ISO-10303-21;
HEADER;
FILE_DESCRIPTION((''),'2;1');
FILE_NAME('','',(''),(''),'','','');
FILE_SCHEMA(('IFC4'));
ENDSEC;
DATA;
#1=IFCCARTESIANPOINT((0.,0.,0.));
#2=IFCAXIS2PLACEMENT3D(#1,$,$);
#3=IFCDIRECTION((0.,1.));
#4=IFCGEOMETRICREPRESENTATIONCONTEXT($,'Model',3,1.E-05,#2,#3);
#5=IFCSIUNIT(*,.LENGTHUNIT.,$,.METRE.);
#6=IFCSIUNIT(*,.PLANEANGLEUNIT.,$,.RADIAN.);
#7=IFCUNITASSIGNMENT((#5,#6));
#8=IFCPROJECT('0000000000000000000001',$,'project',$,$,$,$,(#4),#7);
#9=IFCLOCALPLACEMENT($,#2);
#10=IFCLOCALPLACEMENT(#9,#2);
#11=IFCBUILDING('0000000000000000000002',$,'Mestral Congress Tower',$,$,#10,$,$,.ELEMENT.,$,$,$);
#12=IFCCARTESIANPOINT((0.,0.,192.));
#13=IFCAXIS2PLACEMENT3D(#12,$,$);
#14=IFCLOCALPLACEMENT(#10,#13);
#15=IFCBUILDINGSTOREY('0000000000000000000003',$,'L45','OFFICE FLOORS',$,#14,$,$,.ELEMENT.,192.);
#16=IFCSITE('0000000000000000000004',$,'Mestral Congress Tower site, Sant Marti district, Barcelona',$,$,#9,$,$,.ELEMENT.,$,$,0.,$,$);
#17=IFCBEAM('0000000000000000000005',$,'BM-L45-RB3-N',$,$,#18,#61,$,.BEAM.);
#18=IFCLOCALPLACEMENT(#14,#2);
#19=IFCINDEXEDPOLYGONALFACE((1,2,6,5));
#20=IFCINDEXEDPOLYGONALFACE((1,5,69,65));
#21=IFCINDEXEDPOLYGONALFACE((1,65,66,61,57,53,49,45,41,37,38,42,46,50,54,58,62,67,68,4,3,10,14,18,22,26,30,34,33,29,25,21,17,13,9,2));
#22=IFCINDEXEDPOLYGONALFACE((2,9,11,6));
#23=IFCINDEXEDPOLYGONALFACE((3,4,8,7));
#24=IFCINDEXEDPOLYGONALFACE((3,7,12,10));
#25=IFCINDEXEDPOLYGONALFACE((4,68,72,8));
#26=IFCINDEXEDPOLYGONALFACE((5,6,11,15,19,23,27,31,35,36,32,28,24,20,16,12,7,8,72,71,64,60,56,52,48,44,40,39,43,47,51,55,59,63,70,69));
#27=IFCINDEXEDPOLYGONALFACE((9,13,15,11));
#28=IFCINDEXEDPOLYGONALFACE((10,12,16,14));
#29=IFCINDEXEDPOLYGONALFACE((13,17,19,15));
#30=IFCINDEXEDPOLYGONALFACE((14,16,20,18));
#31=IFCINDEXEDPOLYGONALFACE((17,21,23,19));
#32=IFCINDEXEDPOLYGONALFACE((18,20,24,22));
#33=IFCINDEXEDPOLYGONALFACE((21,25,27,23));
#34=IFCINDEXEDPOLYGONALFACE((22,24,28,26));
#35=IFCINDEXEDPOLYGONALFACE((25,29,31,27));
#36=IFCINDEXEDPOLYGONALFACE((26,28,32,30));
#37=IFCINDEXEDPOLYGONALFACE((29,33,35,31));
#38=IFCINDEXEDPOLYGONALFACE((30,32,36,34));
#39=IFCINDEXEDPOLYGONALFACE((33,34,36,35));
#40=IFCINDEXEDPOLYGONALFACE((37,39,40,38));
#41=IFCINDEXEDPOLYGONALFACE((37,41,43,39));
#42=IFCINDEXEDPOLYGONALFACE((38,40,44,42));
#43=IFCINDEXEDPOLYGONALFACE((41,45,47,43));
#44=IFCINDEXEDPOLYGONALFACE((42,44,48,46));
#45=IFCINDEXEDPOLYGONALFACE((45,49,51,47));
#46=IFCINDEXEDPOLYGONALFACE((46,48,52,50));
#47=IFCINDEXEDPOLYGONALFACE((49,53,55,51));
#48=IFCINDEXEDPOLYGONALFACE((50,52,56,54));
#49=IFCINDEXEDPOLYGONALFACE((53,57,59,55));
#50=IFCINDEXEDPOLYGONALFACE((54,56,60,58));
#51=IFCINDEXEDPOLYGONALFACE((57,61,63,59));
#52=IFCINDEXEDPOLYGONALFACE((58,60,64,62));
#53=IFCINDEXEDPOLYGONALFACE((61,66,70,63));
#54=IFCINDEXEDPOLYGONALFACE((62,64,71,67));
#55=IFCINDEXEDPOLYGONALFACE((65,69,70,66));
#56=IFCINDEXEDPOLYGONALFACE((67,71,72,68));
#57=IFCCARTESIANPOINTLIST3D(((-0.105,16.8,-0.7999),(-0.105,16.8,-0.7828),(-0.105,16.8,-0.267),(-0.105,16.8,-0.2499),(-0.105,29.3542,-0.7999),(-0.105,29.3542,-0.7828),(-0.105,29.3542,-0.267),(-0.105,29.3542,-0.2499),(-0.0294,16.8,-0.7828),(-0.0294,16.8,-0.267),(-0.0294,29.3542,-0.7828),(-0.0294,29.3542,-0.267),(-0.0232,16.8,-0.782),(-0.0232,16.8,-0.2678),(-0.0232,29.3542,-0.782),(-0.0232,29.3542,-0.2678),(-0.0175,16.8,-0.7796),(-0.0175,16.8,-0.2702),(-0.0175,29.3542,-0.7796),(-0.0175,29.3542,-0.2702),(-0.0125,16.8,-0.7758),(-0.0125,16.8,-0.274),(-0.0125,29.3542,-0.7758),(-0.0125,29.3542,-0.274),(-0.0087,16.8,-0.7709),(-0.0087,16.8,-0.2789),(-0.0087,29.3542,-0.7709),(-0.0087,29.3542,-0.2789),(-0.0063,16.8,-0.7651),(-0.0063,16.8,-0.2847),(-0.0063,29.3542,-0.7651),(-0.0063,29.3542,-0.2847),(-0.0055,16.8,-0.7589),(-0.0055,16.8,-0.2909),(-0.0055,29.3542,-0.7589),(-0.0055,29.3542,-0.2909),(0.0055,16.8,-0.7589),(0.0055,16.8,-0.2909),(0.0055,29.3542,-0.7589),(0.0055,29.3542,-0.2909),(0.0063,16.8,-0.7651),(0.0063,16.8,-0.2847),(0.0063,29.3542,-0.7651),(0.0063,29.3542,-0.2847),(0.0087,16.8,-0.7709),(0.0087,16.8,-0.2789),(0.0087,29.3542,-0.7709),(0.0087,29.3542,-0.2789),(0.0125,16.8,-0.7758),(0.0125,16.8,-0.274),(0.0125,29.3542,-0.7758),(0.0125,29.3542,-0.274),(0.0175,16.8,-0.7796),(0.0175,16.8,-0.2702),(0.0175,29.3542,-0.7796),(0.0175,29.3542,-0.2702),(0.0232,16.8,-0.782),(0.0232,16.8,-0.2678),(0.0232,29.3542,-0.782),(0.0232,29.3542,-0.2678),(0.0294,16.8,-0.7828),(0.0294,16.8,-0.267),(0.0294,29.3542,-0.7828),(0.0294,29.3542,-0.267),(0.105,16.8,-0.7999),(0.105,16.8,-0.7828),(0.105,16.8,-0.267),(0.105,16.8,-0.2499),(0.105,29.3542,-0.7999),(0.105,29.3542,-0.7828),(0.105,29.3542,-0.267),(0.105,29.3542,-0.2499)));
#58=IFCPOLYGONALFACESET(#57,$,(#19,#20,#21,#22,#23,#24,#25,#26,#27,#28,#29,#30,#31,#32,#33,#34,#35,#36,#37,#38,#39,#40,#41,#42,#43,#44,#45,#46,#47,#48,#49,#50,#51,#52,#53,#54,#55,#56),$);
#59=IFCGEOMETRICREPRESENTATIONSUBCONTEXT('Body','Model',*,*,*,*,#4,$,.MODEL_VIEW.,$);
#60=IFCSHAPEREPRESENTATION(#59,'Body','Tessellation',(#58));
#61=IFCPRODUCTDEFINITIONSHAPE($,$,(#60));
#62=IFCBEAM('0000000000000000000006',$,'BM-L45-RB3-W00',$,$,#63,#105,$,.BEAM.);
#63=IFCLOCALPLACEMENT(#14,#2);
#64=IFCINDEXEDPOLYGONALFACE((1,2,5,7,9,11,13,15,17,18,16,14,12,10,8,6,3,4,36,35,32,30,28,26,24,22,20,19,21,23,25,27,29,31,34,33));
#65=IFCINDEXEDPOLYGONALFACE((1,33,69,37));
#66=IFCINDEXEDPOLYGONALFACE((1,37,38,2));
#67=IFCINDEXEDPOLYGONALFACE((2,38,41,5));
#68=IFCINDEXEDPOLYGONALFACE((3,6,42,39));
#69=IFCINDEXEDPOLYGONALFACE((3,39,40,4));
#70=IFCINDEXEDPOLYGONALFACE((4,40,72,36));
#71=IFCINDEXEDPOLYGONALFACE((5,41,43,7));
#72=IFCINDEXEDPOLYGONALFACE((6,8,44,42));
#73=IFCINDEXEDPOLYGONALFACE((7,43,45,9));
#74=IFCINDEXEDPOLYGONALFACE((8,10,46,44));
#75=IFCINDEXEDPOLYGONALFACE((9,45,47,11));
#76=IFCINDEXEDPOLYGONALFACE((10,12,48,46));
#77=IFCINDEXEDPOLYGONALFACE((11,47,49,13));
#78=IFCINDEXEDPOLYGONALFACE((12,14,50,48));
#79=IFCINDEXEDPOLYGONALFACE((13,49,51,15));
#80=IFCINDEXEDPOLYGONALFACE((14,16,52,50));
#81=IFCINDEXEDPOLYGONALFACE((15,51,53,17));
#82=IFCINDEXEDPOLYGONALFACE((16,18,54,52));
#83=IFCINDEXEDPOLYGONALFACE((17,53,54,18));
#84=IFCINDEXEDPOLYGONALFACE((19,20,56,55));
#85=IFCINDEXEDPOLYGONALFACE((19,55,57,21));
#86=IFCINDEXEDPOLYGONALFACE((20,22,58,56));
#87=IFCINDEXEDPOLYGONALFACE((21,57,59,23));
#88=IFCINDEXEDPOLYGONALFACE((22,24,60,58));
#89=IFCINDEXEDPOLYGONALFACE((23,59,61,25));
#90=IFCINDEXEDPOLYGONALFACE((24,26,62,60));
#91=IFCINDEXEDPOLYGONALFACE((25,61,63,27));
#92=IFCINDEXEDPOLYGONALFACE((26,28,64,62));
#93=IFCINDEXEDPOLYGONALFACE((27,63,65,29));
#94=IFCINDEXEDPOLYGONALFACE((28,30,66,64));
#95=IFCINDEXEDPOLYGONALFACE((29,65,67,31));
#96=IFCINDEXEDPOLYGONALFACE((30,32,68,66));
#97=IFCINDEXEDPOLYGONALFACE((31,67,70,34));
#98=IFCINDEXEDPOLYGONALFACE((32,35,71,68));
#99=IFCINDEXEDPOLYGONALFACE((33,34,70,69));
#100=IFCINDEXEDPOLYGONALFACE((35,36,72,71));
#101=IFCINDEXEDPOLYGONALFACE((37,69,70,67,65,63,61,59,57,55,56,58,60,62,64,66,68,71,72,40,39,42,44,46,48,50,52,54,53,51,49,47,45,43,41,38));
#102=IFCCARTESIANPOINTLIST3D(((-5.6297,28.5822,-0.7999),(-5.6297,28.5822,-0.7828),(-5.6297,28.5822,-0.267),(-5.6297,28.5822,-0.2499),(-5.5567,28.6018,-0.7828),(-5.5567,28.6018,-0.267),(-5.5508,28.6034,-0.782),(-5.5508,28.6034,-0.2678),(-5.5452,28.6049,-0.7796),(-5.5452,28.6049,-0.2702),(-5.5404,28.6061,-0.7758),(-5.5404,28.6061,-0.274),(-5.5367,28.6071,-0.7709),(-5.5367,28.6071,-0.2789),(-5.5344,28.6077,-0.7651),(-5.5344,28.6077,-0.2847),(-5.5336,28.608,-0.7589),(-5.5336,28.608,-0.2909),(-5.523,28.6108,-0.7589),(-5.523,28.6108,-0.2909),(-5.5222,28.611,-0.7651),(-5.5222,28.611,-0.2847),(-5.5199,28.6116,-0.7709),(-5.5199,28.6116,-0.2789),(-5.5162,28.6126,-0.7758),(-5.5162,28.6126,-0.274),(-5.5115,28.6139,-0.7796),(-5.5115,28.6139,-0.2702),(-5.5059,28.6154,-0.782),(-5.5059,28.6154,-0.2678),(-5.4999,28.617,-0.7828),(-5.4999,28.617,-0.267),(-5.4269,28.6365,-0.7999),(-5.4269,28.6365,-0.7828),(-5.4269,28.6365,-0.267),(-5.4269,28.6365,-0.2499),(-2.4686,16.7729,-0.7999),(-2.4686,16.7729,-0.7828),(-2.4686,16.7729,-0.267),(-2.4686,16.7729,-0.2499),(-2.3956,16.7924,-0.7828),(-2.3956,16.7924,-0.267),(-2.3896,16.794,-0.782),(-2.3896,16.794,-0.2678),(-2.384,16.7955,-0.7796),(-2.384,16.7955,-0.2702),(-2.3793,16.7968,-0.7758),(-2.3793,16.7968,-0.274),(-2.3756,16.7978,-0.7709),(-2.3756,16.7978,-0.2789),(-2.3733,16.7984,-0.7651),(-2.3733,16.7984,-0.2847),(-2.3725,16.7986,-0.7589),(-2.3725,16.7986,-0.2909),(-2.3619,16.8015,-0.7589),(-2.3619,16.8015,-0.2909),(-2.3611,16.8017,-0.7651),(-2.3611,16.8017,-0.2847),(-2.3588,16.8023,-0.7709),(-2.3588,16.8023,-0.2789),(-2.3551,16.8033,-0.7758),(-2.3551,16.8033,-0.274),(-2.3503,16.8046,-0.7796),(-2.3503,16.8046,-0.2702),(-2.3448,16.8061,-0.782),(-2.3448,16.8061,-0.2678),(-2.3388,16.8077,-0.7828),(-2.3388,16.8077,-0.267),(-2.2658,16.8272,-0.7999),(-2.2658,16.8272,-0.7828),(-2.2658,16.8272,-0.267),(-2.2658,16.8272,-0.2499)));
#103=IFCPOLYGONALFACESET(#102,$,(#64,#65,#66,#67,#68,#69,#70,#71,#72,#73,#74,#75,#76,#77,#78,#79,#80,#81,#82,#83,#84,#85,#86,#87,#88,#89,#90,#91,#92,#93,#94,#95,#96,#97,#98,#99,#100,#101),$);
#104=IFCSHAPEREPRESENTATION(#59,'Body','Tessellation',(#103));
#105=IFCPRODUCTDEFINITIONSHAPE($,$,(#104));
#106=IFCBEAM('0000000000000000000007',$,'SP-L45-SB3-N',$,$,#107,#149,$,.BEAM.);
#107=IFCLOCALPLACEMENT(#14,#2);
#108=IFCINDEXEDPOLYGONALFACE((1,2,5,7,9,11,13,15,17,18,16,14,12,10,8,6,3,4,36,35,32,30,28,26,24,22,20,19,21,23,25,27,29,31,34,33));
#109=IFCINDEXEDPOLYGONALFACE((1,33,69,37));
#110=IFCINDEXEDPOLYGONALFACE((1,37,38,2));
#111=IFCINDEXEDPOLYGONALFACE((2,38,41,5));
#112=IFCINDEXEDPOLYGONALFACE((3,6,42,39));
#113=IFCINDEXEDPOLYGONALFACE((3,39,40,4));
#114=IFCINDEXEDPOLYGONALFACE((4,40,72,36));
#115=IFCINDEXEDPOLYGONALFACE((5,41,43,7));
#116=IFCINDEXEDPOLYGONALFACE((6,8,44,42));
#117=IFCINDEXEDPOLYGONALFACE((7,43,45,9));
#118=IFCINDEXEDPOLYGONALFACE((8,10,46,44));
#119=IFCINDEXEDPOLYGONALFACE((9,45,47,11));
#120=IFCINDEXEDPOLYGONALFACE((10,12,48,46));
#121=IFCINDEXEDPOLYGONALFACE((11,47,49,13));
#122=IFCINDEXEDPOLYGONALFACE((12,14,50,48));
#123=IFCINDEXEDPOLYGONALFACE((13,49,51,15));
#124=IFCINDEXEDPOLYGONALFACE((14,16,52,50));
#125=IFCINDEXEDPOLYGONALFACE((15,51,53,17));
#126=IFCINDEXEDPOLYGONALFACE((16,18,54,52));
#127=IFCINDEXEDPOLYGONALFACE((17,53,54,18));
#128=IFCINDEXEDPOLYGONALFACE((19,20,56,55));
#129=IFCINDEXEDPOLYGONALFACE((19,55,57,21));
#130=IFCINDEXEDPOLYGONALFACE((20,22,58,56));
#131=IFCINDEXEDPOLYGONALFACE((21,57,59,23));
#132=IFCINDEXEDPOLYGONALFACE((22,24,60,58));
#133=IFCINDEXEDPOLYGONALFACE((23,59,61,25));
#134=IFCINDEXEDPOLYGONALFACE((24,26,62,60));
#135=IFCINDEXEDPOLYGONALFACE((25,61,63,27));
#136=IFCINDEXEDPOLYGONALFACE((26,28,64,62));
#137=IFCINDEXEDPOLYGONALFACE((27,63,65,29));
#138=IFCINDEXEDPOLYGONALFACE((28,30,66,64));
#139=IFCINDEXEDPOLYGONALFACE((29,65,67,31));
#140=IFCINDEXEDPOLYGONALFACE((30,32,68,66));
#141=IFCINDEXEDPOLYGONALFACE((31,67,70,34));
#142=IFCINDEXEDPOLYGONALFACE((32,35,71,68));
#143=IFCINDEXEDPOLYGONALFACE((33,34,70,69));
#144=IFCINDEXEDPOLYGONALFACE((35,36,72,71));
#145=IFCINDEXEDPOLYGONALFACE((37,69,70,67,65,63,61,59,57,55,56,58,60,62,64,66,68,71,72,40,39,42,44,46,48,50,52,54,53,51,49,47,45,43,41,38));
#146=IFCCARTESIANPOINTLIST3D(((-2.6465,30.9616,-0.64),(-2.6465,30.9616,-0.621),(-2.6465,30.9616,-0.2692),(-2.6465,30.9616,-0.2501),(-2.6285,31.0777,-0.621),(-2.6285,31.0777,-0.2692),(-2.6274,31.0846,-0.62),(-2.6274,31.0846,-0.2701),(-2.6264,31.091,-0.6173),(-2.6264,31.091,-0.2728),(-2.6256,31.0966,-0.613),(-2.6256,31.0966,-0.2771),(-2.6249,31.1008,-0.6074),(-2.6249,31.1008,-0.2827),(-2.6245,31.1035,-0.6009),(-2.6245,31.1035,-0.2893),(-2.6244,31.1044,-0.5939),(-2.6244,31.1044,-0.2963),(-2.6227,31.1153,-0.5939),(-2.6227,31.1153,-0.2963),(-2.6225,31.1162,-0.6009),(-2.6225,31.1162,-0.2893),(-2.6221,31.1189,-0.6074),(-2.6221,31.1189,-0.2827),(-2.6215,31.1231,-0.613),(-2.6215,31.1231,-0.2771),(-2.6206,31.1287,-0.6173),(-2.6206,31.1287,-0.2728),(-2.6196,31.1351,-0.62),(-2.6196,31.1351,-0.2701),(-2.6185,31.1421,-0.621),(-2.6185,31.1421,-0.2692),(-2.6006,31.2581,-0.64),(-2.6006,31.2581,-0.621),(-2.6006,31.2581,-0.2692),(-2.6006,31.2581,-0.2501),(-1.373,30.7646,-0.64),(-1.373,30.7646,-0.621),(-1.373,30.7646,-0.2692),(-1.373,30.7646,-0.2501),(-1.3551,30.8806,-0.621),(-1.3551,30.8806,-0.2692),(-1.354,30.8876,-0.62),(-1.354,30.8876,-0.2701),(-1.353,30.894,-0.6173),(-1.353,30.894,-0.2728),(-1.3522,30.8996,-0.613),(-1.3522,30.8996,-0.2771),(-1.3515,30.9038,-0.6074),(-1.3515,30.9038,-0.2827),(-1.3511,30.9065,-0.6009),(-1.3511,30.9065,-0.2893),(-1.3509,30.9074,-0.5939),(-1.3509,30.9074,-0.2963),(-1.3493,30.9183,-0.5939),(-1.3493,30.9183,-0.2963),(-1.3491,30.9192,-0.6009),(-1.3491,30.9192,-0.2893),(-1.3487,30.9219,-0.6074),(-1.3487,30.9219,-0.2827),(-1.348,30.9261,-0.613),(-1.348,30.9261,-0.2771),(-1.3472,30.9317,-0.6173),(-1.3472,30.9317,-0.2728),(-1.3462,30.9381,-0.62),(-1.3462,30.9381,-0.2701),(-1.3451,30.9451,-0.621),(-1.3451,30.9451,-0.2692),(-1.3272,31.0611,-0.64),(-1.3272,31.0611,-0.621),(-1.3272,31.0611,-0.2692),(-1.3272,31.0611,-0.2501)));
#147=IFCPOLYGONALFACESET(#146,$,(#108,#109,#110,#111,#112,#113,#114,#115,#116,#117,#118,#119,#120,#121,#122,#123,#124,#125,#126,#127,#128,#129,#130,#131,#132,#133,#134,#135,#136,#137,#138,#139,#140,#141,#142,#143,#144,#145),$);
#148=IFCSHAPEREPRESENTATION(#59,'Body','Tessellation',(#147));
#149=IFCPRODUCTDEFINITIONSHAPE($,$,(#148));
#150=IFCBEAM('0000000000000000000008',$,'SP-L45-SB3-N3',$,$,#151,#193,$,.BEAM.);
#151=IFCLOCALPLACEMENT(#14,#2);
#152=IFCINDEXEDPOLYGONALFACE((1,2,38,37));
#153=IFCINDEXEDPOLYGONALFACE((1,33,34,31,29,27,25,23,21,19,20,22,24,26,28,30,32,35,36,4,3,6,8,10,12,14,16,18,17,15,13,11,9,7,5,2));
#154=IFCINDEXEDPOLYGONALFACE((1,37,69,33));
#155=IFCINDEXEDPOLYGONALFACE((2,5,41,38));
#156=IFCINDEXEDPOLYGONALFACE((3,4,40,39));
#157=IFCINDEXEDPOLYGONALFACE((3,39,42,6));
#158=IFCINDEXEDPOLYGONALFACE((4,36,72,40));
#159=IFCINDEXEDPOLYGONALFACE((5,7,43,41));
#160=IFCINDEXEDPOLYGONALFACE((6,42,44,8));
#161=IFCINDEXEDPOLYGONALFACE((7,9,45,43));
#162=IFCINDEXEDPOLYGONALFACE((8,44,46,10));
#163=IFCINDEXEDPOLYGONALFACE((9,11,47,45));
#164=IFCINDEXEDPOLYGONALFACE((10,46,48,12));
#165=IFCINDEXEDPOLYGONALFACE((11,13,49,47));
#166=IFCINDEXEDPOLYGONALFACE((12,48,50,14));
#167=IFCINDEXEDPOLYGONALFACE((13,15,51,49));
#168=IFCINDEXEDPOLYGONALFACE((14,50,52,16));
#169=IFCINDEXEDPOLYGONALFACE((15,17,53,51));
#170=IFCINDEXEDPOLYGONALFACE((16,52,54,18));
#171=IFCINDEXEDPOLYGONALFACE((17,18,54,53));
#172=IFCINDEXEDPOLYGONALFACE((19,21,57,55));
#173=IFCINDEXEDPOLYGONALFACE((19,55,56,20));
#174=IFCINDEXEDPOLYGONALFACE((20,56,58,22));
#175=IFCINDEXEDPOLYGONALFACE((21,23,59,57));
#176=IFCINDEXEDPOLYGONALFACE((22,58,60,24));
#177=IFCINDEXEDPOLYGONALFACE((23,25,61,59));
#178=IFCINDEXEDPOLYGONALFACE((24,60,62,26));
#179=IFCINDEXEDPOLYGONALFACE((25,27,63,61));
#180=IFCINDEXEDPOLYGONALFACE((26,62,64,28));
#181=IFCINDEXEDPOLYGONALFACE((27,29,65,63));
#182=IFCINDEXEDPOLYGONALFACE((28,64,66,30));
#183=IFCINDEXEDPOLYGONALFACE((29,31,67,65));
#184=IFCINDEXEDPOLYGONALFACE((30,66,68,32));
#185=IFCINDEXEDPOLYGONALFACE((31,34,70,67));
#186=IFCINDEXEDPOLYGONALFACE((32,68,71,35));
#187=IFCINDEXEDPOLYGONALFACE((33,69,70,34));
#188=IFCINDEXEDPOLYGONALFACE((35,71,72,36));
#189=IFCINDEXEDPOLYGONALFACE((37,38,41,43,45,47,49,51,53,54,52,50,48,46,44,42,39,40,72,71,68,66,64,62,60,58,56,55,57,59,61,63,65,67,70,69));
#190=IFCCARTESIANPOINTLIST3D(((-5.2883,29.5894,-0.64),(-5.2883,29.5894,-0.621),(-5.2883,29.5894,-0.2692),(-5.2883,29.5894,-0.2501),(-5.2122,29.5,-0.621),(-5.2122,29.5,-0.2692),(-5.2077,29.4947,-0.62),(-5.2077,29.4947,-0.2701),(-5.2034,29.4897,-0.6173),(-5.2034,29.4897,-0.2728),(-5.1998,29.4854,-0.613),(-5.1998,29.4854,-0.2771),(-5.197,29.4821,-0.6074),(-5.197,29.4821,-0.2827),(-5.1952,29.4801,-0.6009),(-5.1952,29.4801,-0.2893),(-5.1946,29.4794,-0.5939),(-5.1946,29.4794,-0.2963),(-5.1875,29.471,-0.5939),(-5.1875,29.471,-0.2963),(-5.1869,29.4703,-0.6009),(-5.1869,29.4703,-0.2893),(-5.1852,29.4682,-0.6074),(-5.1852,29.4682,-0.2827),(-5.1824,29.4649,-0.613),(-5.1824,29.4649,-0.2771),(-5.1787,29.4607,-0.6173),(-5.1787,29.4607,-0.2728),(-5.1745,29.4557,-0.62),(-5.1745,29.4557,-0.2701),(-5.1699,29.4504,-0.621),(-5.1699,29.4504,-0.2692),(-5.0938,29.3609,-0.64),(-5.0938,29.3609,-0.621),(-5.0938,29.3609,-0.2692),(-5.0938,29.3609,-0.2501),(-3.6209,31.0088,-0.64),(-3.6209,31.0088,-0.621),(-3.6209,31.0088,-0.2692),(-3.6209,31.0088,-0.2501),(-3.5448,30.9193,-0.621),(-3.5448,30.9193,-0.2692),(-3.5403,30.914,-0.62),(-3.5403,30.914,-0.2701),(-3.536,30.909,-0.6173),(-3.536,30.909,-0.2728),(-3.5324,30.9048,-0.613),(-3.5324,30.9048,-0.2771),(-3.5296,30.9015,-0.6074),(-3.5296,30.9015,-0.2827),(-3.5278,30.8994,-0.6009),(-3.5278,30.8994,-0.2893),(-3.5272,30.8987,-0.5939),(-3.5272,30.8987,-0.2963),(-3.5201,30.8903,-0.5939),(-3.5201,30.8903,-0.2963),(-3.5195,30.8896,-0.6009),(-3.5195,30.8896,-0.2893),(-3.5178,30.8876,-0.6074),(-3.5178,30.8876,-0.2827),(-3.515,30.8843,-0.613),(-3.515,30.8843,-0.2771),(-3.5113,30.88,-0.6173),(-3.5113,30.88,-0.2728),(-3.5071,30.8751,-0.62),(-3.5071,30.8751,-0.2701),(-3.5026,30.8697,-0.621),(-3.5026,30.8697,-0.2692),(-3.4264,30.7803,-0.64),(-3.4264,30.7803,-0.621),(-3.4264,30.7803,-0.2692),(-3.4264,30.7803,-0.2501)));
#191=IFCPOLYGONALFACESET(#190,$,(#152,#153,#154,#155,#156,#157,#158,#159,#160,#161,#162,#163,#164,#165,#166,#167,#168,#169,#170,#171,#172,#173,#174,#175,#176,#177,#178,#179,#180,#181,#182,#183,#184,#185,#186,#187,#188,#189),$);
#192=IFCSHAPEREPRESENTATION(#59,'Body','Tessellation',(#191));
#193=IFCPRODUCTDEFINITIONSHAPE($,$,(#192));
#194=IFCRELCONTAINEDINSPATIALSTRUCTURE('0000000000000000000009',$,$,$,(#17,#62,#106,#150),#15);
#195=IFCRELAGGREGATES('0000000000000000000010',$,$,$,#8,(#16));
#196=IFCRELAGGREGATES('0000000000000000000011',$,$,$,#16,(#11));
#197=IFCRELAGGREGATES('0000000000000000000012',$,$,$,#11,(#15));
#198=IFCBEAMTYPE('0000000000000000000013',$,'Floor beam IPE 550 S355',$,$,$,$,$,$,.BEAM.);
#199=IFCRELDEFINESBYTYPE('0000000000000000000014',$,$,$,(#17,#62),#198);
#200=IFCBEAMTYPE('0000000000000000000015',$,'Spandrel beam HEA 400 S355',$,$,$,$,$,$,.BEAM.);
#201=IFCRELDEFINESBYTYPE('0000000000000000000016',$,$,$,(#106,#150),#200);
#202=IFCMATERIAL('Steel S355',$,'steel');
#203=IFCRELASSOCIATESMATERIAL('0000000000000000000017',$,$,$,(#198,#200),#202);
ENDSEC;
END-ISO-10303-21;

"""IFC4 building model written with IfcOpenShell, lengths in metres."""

from ifc_helpers import new_model, si_unit, direction, frame, origin, origin_2d, place, context, subcontext, project, spatial, i_section, extrude, material, material_profile, profile_set, type_object, element, save


model = new_model("IFC4")

# Units and contexts
model_context = context("Model", 3, precision=1e-05, world=origin(), true_north=direction((0.0, 1.0)))
body_context = subcontext(model_context, "Body", "Model", "MODEL_VIEW")
ifc_project = project(units=[si_unit("LENGTHUNIT", "METRE"), si_unit("PLANEANGLEUNIT", "RADIAN")], contexts=[model_context])

# Site, building, storey
site_placement = place(None, origin())
site = spatial("IfcSite", under=ifc_project, at=site_placement, Name="Mestral Congress Tower site, Sant Marti district, Barcelona", CompositionType="ELEMENT", RefElevation=0.0)
building_placement = place(site_placement, origin())
building = spatial("IfcBuilding", under=site, at=building_placement, Name="Mestral Congress Tower", CompositionType="ELEMENT")
storey_placement = place(building_placement, frame((0.0, 0.0, 192.0)))
storey = spatial("IfcBuildingStorey", under=building, at=storey_placement, Name="L45", Description="OFFICE FLOORS", CompositionType="ELEMENT", Elevation=192.0)

# Beams
ifc_material_1 = material(Name="Steel S355", Category="steel")
ifc_material_profile_1 = material_profile(ifc_material_1, i_section(OverallWidth=0.21, OverallDepth=0.55, WebThickness=0.011, FlangeThickness=0.0171, FilletRadius=0.0239, at=origin_2d()), Name="IPE 550")
ifc_profile_set_1 = profile_set([ifc_material_profile_1], Name="Steel S355")
beam_type_1 = type_object("IfcBeamType", Name="Floor beam IPE 550 S355", PredefinedType="BEAM", material=ifc_profile_set_1)
beam_1_placement = place(storey_placement, frame((0.0, 29.3542, -0.5249), z_axis=(0.0, -1.0, 0.0), x_axis=(1.0, 0.0, 0.0)))
element("IfcBeam", 1, at=beam_1_placement, inside=storey, type_object=beam_type_1, Name="BM-L45-RB3-N", PredefinedType="BEAM", context=body_context, shape_type="SweptSolid", body=[
    extrude(i_section(OverallWidth=0.21, OverallDepth=0.55, WebThickness=0.011, FlangeThickness=0.0171, FilletRadius=0.0239, at=origin_2d()), origin(), (0.0, 0.0, 1.0), 12.5542),
])
beam_2_placement = place(storey_placement, frame((-5.5283, 28.6094, -0.5249), z_axis=(0.258577, -0.965991, 0.0), x_axis=(0.965991, 0.258577, 0.0)))
element("IfcBeam", 2, at=beam_2_placement, inside=storey, type_object=beam_type_1, Name="BM-L45-RB3-W00", PredefinedType="BEAM", context=body_context, shape_type="SweptSolid", body=[
    extrude(i_section(OverallWidth=0.21, OverallDepth=0.55, WebThickness=0.011, FlangeThickness=0.0171, FilletRadius=0.0239, at=origin_2d()), origin(), (0.0, 0.0, 1.0), 12.2251),
])
ifc_material_profile_2 = material_profile(ifc_material_1, i_section(OverallWidth=0.3, OverallDepth=0.3899, WebThickness=0.011, FlangeThickness=0.019, FilletRadius=0.0271, at=origin_2d()), Name="HEA 400")
ifc_profile_set_2 = profile_set([ifc_material_profile_2], Name="Steel S355")
beam_type_2 = type_object("IfcBeamType", Name="Spandrel beam HEA 400 S355", PredefinedType="BEAM", material=ifc_profile_set_2)
beam_3_placement = place(storey_placement, frame((-1.3501, 30.9128, -0.4451), z_axis=(-0.988242, 0.152897, 0.0), x_axis=(-0.152897, -0.988242, 0.0)))
element("IfcBeam", 3, at=beam_3_placement, inside=storey, type_object=beam_type_2, Name="SP-L45-SB3-N", PredefinedType="BEAM", context=body_context, shape_type="SweptSolid", body=[
    extrude(i_section(OverallWidth=0.3, OverallDepth=0.3899, WebThickness=0.011, FlangeThickness=0.019, FilletRadius=0.0271, at=origin_2d()), origin(), (0.0, 0.0, 1.0), 1.2886),
])
beam_4_placement = place(storey_placement, frame((-3.5237, 30.8945, -0.4451), z_axis=(-0.761471, -0.648198, 0.0), x_axis=(0.648198, -0.761471, 0.0)))
element("IfcBeam", 4, at=beam_4_placement, inside=storey, type_object=beam_type_2, Name="SP-L45-SB3-N3", PredefinedType="BEAM", context=body_context, shape_type="SweptSolid", body=[
    extrude(i_section(OverallWidth=0.3, OverallDepth=0.3899, WebThickness=0.011, FlangeThickness=0.019, FilletRadius=0.0271, at=origin_2d()), origin(), (0.0, 0.0, 1.0), 2.1897),
])

save(model, "model.ifc")
